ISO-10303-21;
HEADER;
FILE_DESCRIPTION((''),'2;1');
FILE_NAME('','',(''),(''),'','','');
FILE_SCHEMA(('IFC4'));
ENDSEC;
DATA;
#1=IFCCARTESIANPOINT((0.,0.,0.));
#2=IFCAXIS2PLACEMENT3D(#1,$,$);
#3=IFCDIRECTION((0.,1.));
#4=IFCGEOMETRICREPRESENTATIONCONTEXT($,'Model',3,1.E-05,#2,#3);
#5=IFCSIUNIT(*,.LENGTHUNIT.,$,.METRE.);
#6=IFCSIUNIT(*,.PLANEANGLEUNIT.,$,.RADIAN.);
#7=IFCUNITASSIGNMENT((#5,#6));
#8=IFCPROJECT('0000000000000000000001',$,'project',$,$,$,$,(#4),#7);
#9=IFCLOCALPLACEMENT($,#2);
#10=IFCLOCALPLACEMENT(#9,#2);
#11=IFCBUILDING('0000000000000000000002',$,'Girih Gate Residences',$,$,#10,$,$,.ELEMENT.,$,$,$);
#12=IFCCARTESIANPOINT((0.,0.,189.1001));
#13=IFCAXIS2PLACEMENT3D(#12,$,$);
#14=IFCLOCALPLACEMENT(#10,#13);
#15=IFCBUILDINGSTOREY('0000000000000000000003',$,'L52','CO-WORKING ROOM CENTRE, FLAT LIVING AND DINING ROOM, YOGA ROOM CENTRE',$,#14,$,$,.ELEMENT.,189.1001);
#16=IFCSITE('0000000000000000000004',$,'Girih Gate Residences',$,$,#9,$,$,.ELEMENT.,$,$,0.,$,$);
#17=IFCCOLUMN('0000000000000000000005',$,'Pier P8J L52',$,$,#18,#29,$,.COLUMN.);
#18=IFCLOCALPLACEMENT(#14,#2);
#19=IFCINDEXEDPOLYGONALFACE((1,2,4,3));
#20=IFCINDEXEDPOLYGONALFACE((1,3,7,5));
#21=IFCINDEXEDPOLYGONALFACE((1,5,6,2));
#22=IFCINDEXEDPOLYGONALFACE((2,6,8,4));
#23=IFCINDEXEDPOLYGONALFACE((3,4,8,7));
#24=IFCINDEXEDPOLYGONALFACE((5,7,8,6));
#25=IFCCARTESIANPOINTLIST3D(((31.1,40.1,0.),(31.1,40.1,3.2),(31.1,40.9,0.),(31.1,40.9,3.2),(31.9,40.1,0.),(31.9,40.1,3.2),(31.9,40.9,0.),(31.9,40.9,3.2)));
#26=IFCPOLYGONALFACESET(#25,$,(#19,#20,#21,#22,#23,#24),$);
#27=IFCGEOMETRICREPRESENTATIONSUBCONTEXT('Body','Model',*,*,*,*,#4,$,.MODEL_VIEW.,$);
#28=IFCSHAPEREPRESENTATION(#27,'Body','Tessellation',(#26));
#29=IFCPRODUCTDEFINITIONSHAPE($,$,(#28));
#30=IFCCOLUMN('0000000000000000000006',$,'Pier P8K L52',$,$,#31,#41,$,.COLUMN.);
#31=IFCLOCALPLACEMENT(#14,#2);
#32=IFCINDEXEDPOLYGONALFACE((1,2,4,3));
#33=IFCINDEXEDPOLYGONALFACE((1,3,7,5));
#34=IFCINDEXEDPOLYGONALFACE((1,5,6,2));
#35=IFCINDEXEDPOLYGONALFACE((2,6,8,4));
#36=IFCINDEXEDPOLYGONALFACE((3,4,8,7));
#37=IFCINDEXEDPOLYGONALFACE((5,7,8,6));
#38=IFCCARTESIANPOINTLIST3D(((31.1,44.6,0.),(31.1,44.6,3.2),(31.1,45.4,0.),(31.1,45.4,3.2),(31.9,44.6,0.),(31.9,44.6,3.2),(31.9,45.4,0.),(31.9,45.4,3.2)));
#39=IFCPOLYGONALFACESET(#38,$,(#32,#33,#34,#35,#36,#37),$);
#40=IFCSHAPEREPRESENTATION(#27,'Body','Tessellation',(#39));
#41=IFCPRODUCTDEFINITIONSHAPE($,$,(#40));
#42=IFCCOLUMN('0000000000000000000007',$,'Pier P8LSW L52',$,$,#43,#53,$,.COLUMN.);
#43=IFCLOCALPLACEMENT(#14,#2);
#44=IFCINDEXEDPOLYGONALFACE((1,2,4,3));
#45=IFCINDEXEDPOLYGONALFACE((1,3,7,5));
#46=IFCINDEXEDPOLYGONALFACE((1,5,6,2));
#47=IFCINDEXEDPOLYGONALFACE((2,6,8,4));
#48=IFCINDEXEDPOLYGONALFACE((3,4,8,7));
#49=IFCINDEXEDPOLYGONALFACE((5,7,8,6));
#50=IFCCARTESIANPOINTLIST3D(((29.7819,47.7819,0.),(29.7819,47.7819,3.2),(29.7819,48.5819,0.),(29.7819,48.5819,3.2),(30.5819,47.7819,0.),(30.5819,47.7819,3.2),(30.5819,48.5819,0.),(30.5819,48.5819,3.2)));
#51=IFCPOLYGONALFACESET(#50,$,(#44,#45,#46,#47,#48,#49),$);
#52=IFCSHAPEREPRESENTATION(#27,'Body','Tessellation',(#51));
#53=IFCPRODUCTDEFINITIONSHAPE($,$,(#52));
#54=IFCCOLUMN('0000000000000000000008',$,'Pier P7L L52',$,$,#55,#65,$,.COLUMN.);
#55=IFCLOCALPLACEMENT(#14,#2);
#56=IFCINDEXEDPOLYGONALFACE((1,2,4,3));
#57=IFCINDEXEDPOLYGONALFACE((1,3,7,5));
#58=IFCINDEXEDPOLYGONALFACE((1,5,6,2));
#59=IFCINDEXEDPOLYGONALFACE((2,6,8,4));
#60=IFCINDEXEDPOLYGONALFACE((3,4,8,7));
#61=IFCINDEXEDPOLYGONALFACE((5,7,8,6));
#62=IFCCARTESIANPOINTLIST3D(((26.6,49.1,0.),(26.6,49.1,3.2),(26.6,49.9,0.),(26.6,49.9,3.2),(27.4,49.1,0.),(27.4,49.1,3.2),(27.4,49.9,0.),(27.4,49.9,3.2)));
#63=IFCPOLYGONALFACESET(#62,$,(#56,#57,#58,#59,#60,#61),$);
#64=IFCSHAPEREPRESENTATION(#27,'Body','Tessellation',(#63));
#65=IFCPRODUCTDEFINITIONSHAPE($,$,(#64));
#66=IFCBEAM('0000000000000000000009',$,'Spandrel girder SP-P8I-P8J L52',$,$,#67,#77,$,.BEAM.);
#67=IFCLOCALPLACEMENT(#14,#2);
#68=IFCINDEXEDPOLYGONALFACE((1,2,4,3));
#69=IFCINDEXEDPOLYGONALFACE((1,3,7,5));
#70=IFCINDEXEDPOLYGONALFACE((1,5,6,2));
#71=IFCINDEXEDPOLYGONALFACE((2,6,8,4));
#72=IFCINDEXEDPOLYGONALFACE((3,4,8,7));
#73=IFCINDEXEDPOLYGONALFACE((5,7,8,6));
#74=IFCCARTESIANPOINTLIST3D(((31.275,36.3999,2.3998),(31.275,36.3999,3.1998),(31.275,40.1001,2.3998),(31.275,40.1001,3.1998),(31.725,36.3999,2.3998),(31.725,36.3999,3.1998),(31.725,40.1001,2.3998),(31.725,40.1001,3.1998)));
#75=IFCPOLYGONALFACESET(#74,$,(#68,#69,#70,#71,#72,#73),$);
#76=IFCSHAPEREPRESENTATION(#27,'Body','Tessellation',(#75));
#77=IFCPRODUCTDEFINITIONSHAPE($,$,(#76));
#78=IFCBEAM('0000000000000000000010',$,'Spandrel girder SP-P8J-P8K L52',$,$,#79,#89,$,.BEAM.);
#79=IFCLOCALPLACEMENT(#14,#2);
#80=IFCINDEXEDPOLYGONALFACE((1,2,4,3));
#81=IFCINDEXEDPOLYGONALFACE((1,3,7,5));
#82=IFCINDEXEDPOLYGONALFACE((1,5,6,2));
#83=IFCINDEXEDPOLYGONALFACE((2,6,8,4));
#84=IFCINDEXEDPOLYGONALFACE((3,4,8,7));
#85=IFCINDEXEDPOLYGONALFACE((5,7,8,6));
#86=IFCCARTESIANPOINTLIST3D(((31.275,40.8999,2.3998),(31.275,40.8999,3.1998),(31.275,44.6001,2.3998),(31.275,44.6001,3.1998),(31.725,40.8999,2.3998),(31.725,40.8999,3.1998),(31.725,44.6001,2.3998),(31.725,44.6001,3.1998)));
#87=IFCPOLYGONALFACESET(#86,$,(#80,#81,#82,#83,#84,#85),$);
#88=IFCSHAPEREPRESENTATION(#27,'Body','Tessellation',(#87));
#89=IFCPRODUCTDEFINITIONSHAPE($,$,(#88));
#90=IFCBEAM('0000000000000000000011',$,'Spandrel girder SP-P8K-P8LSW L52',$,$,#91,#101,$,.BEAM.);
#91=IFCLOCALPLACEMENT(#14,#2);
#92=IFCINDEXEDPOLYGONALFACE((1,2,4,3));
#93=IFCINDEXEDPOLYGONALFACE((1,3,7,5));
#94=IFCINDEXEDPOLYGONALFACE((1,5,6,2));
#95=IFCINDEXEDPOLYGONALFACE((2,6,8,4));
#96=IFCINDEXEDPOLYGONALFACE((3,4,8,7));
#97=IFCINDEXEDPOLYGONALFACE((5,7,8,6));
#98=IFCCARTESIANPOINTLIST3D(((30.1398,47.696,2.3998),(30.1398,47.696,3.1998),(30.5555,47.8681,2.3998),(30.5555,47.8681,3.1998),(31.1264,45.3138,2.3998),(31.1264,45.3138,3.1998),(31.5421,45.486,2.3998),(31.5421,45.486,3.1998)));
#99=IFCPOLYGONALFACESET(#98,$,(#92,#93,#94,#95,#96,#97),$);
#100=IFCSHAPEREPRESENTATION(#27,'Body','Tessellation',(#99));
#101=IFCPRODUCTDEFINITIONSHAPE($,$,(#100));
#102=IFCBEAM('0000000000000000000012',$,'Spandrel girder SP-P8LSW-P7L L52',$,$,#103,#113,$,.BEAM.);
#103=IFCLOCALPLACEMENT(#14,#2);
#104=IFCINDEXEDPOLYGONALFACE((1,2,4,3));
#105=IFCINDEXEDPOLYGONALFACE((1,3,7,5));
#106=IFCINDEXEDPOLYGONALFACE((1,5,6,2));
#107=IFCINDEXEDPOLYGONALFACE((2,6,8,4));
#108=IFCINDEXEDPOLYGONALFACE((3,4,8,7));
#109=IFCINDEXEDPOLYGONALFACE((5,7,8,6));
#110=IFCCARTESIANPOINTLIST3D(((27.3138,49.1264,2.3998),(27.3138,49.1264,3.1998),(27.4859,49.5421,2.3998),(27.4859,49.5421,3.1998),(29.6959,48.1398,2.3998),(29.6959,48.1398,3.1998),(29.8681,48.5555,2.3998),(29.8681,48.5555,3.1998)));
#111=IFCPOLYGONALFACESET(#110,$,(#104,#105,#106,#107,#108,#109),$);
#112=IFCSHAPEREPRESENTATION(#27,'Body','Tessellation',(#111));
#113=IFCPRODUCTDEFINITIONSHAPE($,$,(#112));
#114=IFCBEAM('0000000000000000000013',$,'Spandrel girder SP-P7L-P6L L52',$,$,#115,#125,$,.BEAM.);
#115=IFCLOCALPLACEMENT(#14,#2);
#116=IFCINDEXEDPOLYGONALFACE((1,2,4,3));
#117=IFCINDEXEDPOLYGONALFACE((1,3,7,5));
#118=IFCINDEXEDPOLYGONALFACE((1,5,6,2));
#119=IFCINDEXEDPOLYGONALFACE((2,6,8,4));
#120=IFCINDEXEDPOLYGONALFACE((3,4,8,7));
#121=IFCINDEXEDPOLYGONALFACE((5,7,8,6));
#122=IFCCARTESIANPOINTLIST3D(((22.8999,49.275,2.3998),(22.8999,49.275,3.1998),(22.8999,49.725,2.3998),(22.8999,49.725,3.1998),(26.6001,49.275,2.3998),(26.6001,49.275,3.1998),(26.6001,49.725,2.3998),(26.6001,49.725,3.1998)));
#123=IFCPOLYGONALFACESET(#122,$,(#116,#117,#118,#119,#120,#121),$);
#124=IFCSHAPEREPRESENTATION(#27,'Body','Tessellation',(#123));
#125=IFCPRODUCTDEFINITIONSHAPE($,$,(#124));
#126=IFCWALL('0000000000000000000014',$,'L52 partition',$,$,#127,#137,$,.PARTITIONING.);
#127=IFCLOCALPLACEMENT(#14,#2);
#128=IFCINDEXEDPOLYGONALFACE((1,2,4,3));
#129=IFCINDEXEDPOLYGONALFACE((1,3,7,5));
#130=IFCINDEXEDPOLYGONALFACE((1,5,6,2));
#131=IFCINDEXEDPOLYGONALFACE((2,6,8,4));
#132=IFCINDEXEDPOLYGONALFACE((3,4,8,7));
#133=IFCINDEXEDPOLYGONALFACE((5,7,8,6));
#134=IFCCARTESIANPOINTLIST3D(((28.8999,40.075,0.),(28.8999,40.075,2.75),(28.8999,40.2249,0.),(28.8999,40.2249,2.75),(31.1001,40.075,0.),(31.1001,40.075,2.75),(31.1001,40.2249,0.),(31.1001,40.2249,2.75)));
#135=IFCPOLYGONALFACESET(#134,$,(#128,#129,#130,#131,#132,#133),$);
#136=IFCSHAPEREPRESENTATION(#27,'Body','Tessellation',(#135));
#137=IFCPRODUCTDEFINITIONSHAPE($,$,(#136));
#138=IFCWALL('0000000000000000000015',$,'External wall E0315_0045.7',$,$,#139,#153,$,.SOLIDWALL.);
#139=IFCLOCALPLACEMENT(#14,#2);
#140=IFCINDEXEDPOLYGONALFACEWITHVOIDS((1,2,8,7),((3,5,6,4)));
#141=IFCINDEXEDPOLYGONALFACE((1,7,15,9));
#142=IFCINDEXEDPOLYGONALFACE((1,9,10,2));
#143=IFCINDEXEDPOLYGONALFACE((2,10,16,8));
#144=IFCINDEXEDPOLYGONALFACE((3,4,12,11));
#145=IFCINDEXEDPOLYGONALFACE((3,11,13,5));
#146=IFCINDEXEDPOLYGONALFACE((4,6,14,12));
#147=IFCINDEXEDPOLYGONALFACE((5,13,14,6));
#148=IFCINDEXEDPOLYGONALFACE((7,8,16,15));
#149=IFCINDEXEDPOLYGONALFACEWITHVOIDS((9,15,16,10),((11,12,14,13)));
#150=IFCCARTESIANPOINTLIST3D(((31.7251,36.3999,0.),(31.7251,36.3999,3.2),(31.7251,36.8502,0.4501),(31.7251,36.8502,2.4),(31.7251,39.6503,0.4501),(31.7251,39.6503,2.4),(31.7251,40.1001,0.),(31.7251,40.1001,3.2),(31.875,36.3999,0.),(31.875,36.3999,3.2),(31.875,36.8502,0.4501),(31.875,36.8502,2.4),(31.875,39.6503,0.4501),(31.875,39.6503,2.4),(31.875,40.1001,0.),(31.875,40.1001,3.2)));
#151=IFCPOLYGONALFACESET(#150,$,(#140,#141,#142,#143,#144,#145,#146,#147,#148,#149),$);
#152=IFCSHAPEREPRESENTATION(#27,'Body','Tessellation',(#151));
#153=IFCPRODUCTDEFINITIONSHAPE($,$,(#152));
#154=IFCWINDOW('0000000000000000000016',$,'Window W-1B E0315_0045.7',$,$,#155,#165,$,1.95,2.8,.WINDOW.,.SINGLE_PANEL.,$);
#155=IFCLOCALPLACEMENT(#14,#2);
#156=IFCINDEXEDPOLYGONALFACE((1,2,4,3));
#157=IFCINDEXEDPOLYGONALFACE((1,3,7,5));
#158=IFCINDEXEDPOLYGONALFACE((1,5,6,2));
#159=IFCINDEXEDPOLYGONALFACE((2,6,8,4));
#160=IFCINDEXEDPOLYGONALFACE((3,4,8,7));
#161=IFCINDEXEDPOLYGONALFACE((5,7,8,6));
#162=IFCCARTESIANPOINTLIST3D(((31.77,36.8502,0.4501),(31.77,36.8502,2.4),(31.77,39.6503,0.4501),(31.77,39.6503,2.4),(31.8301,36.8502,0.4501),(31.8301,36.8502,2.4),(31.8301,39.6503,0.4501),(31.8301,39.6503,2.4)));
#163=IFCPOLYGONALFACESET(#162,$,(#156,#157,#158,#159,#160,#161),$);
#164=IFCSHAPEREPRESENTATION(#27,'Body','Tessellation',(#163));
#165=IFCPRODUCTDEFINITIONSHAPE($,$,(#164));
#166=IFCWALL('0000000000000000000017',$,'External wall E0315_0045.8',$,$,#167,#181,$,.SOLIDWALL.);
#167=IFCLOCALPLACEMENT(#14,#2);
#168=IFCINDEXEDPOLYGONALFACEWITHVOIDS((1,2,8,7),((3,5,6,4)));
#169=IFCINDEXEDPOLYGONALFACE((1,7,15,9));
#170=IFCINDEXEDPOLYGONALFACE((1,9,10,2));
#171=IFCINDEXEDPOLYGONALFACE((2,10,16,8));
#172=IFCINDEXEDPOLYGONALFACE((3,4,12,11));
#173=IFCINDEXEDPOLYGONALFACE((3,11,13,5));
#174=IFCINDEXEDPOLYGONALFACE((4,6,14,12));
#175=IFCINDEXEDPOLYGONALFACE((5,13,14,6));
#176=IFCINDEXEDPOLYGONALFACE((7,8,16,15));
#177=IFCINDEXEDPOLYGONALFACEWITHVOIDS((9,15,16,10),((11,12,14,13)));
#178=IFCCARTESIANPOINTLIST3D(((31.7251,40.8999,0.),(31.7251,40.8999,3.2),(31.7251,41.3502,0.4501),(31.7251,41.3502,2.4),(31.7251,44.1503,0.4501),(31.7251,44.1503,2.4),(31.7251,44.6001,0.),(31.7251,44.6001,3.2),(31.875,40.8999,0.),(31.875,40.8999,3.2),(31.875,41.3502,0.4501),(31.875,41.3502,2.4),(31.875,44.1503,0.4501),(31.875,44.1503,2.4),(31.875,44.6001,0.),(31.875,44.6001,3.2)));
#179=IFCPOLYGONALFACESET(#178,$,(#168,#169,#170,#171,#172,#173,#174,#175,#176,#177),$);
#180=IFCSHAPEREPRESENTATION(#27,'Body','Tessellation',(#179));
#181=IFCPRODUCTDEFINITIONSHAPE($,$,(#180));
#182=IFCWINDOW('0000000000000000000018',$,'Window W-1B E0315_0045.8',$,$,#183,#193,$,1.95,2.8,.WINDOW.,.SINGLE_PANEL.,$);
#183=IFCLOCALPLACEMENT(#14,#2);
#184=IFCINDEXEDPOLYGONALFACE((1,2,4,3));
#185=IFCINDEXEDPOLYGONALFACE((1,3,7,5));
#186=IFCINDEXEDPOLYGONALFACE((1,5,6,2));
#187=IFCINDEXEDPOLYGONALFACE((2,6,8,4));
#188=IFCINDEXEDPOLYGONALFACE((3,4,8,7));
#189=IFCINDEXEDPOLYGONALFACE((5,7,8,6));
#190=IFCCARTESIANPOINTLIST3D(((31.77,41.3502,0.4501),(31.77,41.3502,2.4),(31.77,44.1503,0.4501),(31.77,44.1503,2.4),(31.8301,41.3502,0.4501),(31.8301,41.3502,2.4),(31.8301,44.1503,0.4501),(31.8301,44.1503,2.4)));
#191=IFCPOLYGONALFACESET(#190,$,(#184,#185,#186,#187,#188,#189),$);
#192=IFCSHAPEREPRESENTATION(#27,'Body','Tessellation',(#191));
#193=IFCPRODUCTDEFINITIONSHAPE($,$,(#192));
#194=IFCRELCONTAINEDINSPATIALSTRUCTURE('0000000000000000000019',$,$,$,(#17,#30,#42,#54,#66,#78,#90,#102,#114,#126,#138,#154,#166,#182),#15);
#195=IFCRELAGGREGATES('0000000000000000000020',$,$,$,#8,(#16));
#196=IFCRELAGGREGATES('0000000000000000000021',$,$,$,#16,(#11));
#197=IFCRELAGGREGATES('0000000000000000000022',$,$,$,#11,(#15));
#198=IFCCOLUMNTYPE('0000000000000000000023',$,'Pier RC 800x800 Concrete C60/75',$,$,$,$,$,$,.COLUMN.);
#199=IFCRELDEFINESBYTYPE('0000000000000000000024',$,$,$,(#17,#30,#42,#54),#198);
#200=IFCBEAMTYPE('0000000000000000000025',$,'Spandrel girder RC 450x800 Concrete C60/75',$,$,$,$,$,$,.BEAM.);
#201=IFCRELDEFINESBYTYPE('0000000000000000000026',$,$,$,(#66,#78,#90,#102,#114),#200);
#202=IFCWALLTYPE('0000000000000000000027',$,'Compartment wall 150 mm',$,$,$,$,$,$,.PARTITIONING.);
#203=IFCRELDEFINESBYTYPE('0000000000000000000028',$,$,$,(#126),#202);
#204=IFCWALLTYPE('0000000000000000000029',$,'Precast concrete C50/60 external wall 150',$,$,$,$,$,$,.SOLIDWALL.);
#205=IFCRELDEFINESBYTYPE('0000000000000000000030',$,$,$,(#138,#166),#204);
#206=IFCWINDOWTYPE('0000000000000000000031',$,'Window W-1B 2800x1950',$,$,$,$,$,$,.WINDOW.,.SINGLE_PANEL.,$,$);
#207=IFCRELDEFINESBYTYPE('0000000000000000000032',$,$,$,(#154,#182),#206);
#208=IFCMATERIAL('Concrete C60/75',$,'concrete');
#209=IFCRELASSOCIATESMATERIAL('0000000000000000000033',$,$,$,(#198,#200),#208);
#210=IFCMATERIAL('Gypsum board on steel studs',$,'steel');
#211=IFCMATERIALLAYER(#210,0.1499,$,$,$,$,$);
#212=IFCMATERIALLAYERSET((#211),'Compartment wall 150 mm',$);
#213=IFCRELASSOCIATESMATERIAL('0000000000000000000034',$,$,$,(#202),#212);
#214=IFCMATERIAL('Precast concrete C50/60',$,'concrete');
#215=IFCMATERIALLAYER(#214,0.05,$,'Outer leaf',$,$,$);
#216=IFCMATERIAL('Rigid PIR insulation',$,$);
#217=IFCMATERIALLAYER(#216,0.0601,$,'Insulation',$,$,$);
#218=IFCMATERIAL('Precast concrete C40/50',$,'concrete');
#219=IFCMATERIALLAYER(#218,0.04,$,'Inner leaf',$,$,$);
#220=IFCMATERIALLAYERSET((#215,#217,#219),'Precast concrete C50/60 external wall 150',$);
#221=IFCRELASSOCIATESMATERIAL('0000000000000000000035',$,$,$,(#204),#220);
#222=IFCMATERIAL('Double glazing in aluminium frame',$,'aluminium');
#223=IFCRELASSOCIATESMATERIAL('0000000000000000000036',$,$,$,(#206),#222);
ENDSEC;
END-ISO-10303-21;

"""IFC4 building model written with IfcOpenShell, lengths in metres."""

from ifc_helpers import new_model, si_unit, direction, frame, frame_2d, origin, origin_2d, place, context, subcontext, project, spatial, rectangle, extrude, material, layer, layer_set, material_profile, profile_set, type_object, element, fill, save


model = new_model("IFC4")

# Units and contexts
model_context = context("Model", 3, precision=1e-05, world=origin(), true_north=direction((0.0, 1.0)))
body_context = subcontext(model_context, "Body", "Model", "MODEL_VIEW")
ifc_project = project(units=[si_unit("LENGTHUNIT", "METRE"), si_unit("PLANEANGLEUNIT", "RADIAN")], contexts=[model_context])

# Site, building, storey
site_placement = place(None, origin())
site = spatial("IfcSite", under=ifc_project, at=site_placement, Name="Girih Gate Residences", CompositionType="ELEMENT", RefElevation=0.0)
building_placement = place(site_placement, origin())
building = spatial("IfcBuilding", under=site, at=building_placement, Name="Girih Gate Residences", CompositionType="ELEMENT")
storey_placement = place(building_placement, frame((0.0, 0.0, 189.1001)))
storey = spatial("IfcBuildingStorey", under=building, at=storey_placement, Name="L52", Description="CO-WORKING ROOM CENTRE, FLAT LIVING AND DINING ROOM, YOGA ROOM CENTRE", CompositionType="ELEMENT", Elevation=189.1001)

# Columns
ifc_material_1 = material(Name="Concrete C60/75", Category="concrete")
ifc_material_profile_1 = material_profile(ifc_material_1, rectangle(XDim=0.8, YDim=0.8, at=origin_2d()))
ifc_profile_set_1 = profile_set([ifc_material_profile_1], Name="Concrete C60/75")
column_type = type_object("IfcColumnType", Name="Pier RC 800x800 Concrete C60/75", PredefinedType="COLUMN", material=ifc_profile_set_1)
for number, where, z_axis, x_axis, name in (
    (1, (31.5, 40.5, 0.0), (0.0, 0.0, 1.0), (1.0, 0.0, 0.0), "Pier P8J L52"),
    (2, (31.5, 45.0, 0.0), (0.0, 0.0, 1.0), (1.0, 0.0, 0.0), "Pier P8K L52"),
    (3, (30.1819, 48.1819, 0.0), (0.0, 0.0, 1.0), (1.0, 0.0, 0.0), "Pier P8LSW L52"),
    (4, (27.0, 49.5, 0.0), (0.0, 0.0, 1.0), (1.0, 0.0, 0.0), "Pier P7L L52"),
):
    element("IfcColumn", number, at=place(storey_placement, frame(where, z_axis=z_axis, x_axis=x_axis)), inside=storey, type_object=column_type, Name=name, PredefinedType="COLUMN", context=body_context, shape_type="SweptSolid", body=[
        extrude(rectangle(XDim=0.8, YDim=0.8, at=origin_2d()), origin(), (0.0, 0.0, 1.0), 3.2),
    ])

# Beams
ifc_material_profile_2 = material_profile(ifc_material_1, rectangle(XDim=0.45, YDim=0.8, at=origin_2d()))
ifc_profile_set_2 = profile_set([ifc_material_profile_2], Name="Concrete C60/75")
beam_type = type_object("IfcBeamType", Name="Spandrel girder RC 450x800 Concrete C60/75", PredefinedType="BEAM", material=ifc_profile_set_2)
for number, where, z_axis, x_axis, name in (
    (5, (31.5, 36.3999, 2.7998), (0.0, 1.0, 0.0), (-1.0, 0.0, 0.0), "Spandrel girder SP-P8I-P8J L52"),
    (6, (31.5, 40.8999, 2.7998), (0.0, 1.0, 0.0), (-1.0, 0.0, 0.0), "Spandrel girder SP-P8J-P8K L52"),
):
    element("IfcBeam", number, at=place(storey_placement, frame(where, z_axis=z_axis, x_axis=x_axis)), inside=storey, type_object=beam_type, Name=name, PredefinedType="BEAM", context=body_context, shape_type="SweptSolid", body=[
        extrude(rectangle(XDim=0.45, YDim=0.8, at=origin_2d()), origin(), (0.0, 0.0, 1.0), 3.7002),
    ])
for number, where, z_axis, x_axis, name in (
    (7, (31.3342, 45.3999, 2.7998), (-0.382644, 0.923896, 0.0), (-0.923896, -0.382644, 0.0), "Spandrel girder SP-P8K-P8LSW L52"),
    (8, (29.782, 48.3477, 2.7998), (-0.923896, 0.382644, 0.0), (-0.382644, -0.923896, 0.0), "Spandrel girder SP-P8LSW-P7L L52"),
):
    element("IfcBeam", number, at=place(storey_placement, frame(where, z_axis=z_axis, x_axis=x_axis)), inside=storey, type_object=beam_type, Name=name, PredefinedType="BEAM", context=body_context, shape_type="SweptSolid", body=[
        extrude(rectangle(XDim=0.45, YDim=0.8, at=origin_2d()), origin(), (0.0, 0.0, 1.0), 2.5784),
    ])
beam_placement = place(storey_placement, frame((26.6001, 49.5, 2.7998), z_axis=(-1.0, 0.0, 0.0), x_axis=(0.0, -1.0, 0.0)))
element("IfcBeam", 9, at=beam_placement, inside=storey, type_object=beam_type, Name="Spandrel girder SP-P7L-P6L L52", PredefinedType="BEAM", context=body_context, shape_type="SweptSolid", body=[
    extrude(rectangle(XDim=0.45, YDim=0.8, at=origin_2d()), origin(), (0.0, 0.0, 1.0), 3.7002),
])

# Wall
ifc_material_2 = material(Name="Gypsum board on steel studs", Category="steel")
ifc_layer_1 = layer(ifc_material_2, 0.1499)
ifc_layer_set_1 = layer_set([ifc_layer_1], Name="Compartment wall 150 mm")
wall_type_1 = type_object("IfcWallType", Name="Compartment wall 150 mm", PredefinedType="PARTITIONING", material=ifc_layer_set_1)
wall_1_placement = place(storey_placement, frame((28.8999, 40.1499, 0.0), z_axis=(0.0, 0.0, 1.0), x_axis=(1.0, 0.0, 0.0)))
element("IfcWall", 10, at=wall_1_placement, inside=storey, type_object=wall_type_1, Name="L52 partition", PredefinedType="PARTITIONING", context=body_context, shape_type="SweptSolid", body=[
    extrude(rectangle(XDim=2.2002, YDim=0.1499, at=frame_2d((1.1001, 0.0))), origin(), (0.0, 0.0, 1.0), 2.75),
])

# Walls, openings, windows
ifc_material_3 = material(Name="Precast concrete C50/60", Category="concrete")
ifc_layer_2 = layer(ifc_material_3, 0.05, Name="Outer leaf")
ifc_material_4 = material(Name="Rigid PIR insulation")
ifc_layer_3 = layer(ifc_material_4, 0.0601, Name="Insulation")
ifc_material_5 = material(Name="Precast concrete C40/50", Category="concrete")
ifc_layer_4 = layer(ifc_material_5, 0.04, Name="Inner leaf")
ifc_layer_set_2 = layer_set([ifc_layer_2, ifc_layer_3, ifc_layer_4], Name="Precast concrete C50/60 external wall 150")
wall_type_2 = type_object("IfcWallType", Name="Precast concrete C50/60 external wall 150", PredefinedType="SOLIDWALL", material=ifc_layer_set_2)
wall_2_placement = place(storey_placement, frame((31.8, 40.1001, 0.0), z_axis=(0.0, 0.0, 1.0), x_axis=(0.0, -1.0, 0.0)))
wall_2 = element("IfcWall", 11, at=wall_2_placement, inside=storey, type_object=wall_type_2, Name="External wall E0315_0045.7", PredefinedType="SOLIDWALL", context=body_context, shape_type="SweptSolid", body=[
    extrude(rectangle(XDim=3.7002, YDim=0.1499, at=frame_2d((1.8501, 0.0))), origin(), (0.0, 0.0, 1.0), 3.2),
])
opening_1_placement = place(wall_2_placement, frame((0.45, 0.0, 0.45)))
opening_1 = element("IfcOpeningElement", 12, at=opening_1_placement, cuts=wall_2, PredefinedType="OPENING", context=body_context, shape_type="SweptSolid", body=[
    extrude(rectangle(XDim=2.8, YDim=1.95, at=frame_2d((1.3999, 0.9751))), frame((0.0, 0.085, 0.0), z_axis=(0.0, -1.0, 0.0), x_axis=(1.0, 0.0, 0.0)), (0.0, 0.0, 1.0), 0.1699),
])
ifc_material_6 = material(Name="Double glazing in aluminium frame", Category="aluminium")
window_type_1 = type_object("IfcWindowType", Name="Window W-1B 2800x1950", PartitioningType="SINGLE_PANEL", PredefinedType="WINDOW", material=ifc_material_6)
window_1_placement = place(opening_1_placement, origin())
window_1 = element("IfcWindow", 13, at=window_1_placement, inside=storey, type_object=window_type_1, Name="Window W-1B E0315_0045.7", OverallHeight=1.95, OverallWidth=2.8, PartitioningType="SINGLE_PANEL", PredefinedType="WINDOW", context=body_context, shape_type="SweptSolid", body=[
    extrude(rectangle(XDim=2.8, YDim=1.95, at=frame_2d((1.3999, 0.9751))), frame((0.0, 0.03, 0.0), z_axis=(0.0, -1.0, 0.0), x_axis=(1.0, 0.0, 0.0)), (0.0, 0.0, 1.0), 0.0601),
])
fill(opening_1, window_1)
wall_3_placement = place(storey_placement, frame((31.8, 44.6001, 0.0), z_axis=(0.0, 0.0, 1.0), x_axis=(0.0, -1.0, 0.0)))
wall_3 = element("IfcWall", 14, at=wall_3_placement, inside=storey, type_object=wall_type_2, Name="External wall E0315_0045.8", PredefinedType="SOLIDWALL", context=body_context, shape_type="SweptSolid", body=[
    extrude(rectangle(XDim=3.7002, YDim=0.1499, at=frame_2d((1.8501, 0.0))), origin(), (0.0, 0.0, 1.0), 3.2),
])
opening_2_placement = place(wall_3_placement, frame((0.45, 0.0, 0.45)))
opening_2 = element("IfcOpeningElement", 15, at=opening_2_placement, cuts=wall_3, PredefinedType="OPENING", context=body_context, shape_type="SweptSolid", body=[
    extrude(rectangle(XDim=2.8, YDim=1.95, at=frame_2d((1.3999, 0.9751))), frame((0.0, 0.085, 0.0), z_axis=(0.0, -1.0, 0.0), x_axis=(1.0, 0.0, 0.0)), (0.0, 0.0, 1.0), 0.1699),
])
window_2_placement = place(opening_2_placement, origin())
window_2 = element("IfcWindow", 16, at=window_2_placement, inside=storey, type_object=window_type_1, Name="Window W-1B E0315_0045.8", OverallHeight=1.95, OverallWidth=2.8, PartitioningType="SINGLE_PANEL", PredefinedType="WINDOW", context=body_context, shape_type="SweptSolid", body=[
    extrude(rectangle(XDim=2.8, YDim=1.95, at=frame_2d((1.3999, 0.9751))), frame((0.0, 0.03, 0.0), z_axis=(0.0, -1.0, 0.0), x_axis=(1.0, 0.0, 0.0)), (0.0, 0.0, 1.0), 0.0601),
])
fill(opening_2, window_2)

save(model, "model.ifc")
